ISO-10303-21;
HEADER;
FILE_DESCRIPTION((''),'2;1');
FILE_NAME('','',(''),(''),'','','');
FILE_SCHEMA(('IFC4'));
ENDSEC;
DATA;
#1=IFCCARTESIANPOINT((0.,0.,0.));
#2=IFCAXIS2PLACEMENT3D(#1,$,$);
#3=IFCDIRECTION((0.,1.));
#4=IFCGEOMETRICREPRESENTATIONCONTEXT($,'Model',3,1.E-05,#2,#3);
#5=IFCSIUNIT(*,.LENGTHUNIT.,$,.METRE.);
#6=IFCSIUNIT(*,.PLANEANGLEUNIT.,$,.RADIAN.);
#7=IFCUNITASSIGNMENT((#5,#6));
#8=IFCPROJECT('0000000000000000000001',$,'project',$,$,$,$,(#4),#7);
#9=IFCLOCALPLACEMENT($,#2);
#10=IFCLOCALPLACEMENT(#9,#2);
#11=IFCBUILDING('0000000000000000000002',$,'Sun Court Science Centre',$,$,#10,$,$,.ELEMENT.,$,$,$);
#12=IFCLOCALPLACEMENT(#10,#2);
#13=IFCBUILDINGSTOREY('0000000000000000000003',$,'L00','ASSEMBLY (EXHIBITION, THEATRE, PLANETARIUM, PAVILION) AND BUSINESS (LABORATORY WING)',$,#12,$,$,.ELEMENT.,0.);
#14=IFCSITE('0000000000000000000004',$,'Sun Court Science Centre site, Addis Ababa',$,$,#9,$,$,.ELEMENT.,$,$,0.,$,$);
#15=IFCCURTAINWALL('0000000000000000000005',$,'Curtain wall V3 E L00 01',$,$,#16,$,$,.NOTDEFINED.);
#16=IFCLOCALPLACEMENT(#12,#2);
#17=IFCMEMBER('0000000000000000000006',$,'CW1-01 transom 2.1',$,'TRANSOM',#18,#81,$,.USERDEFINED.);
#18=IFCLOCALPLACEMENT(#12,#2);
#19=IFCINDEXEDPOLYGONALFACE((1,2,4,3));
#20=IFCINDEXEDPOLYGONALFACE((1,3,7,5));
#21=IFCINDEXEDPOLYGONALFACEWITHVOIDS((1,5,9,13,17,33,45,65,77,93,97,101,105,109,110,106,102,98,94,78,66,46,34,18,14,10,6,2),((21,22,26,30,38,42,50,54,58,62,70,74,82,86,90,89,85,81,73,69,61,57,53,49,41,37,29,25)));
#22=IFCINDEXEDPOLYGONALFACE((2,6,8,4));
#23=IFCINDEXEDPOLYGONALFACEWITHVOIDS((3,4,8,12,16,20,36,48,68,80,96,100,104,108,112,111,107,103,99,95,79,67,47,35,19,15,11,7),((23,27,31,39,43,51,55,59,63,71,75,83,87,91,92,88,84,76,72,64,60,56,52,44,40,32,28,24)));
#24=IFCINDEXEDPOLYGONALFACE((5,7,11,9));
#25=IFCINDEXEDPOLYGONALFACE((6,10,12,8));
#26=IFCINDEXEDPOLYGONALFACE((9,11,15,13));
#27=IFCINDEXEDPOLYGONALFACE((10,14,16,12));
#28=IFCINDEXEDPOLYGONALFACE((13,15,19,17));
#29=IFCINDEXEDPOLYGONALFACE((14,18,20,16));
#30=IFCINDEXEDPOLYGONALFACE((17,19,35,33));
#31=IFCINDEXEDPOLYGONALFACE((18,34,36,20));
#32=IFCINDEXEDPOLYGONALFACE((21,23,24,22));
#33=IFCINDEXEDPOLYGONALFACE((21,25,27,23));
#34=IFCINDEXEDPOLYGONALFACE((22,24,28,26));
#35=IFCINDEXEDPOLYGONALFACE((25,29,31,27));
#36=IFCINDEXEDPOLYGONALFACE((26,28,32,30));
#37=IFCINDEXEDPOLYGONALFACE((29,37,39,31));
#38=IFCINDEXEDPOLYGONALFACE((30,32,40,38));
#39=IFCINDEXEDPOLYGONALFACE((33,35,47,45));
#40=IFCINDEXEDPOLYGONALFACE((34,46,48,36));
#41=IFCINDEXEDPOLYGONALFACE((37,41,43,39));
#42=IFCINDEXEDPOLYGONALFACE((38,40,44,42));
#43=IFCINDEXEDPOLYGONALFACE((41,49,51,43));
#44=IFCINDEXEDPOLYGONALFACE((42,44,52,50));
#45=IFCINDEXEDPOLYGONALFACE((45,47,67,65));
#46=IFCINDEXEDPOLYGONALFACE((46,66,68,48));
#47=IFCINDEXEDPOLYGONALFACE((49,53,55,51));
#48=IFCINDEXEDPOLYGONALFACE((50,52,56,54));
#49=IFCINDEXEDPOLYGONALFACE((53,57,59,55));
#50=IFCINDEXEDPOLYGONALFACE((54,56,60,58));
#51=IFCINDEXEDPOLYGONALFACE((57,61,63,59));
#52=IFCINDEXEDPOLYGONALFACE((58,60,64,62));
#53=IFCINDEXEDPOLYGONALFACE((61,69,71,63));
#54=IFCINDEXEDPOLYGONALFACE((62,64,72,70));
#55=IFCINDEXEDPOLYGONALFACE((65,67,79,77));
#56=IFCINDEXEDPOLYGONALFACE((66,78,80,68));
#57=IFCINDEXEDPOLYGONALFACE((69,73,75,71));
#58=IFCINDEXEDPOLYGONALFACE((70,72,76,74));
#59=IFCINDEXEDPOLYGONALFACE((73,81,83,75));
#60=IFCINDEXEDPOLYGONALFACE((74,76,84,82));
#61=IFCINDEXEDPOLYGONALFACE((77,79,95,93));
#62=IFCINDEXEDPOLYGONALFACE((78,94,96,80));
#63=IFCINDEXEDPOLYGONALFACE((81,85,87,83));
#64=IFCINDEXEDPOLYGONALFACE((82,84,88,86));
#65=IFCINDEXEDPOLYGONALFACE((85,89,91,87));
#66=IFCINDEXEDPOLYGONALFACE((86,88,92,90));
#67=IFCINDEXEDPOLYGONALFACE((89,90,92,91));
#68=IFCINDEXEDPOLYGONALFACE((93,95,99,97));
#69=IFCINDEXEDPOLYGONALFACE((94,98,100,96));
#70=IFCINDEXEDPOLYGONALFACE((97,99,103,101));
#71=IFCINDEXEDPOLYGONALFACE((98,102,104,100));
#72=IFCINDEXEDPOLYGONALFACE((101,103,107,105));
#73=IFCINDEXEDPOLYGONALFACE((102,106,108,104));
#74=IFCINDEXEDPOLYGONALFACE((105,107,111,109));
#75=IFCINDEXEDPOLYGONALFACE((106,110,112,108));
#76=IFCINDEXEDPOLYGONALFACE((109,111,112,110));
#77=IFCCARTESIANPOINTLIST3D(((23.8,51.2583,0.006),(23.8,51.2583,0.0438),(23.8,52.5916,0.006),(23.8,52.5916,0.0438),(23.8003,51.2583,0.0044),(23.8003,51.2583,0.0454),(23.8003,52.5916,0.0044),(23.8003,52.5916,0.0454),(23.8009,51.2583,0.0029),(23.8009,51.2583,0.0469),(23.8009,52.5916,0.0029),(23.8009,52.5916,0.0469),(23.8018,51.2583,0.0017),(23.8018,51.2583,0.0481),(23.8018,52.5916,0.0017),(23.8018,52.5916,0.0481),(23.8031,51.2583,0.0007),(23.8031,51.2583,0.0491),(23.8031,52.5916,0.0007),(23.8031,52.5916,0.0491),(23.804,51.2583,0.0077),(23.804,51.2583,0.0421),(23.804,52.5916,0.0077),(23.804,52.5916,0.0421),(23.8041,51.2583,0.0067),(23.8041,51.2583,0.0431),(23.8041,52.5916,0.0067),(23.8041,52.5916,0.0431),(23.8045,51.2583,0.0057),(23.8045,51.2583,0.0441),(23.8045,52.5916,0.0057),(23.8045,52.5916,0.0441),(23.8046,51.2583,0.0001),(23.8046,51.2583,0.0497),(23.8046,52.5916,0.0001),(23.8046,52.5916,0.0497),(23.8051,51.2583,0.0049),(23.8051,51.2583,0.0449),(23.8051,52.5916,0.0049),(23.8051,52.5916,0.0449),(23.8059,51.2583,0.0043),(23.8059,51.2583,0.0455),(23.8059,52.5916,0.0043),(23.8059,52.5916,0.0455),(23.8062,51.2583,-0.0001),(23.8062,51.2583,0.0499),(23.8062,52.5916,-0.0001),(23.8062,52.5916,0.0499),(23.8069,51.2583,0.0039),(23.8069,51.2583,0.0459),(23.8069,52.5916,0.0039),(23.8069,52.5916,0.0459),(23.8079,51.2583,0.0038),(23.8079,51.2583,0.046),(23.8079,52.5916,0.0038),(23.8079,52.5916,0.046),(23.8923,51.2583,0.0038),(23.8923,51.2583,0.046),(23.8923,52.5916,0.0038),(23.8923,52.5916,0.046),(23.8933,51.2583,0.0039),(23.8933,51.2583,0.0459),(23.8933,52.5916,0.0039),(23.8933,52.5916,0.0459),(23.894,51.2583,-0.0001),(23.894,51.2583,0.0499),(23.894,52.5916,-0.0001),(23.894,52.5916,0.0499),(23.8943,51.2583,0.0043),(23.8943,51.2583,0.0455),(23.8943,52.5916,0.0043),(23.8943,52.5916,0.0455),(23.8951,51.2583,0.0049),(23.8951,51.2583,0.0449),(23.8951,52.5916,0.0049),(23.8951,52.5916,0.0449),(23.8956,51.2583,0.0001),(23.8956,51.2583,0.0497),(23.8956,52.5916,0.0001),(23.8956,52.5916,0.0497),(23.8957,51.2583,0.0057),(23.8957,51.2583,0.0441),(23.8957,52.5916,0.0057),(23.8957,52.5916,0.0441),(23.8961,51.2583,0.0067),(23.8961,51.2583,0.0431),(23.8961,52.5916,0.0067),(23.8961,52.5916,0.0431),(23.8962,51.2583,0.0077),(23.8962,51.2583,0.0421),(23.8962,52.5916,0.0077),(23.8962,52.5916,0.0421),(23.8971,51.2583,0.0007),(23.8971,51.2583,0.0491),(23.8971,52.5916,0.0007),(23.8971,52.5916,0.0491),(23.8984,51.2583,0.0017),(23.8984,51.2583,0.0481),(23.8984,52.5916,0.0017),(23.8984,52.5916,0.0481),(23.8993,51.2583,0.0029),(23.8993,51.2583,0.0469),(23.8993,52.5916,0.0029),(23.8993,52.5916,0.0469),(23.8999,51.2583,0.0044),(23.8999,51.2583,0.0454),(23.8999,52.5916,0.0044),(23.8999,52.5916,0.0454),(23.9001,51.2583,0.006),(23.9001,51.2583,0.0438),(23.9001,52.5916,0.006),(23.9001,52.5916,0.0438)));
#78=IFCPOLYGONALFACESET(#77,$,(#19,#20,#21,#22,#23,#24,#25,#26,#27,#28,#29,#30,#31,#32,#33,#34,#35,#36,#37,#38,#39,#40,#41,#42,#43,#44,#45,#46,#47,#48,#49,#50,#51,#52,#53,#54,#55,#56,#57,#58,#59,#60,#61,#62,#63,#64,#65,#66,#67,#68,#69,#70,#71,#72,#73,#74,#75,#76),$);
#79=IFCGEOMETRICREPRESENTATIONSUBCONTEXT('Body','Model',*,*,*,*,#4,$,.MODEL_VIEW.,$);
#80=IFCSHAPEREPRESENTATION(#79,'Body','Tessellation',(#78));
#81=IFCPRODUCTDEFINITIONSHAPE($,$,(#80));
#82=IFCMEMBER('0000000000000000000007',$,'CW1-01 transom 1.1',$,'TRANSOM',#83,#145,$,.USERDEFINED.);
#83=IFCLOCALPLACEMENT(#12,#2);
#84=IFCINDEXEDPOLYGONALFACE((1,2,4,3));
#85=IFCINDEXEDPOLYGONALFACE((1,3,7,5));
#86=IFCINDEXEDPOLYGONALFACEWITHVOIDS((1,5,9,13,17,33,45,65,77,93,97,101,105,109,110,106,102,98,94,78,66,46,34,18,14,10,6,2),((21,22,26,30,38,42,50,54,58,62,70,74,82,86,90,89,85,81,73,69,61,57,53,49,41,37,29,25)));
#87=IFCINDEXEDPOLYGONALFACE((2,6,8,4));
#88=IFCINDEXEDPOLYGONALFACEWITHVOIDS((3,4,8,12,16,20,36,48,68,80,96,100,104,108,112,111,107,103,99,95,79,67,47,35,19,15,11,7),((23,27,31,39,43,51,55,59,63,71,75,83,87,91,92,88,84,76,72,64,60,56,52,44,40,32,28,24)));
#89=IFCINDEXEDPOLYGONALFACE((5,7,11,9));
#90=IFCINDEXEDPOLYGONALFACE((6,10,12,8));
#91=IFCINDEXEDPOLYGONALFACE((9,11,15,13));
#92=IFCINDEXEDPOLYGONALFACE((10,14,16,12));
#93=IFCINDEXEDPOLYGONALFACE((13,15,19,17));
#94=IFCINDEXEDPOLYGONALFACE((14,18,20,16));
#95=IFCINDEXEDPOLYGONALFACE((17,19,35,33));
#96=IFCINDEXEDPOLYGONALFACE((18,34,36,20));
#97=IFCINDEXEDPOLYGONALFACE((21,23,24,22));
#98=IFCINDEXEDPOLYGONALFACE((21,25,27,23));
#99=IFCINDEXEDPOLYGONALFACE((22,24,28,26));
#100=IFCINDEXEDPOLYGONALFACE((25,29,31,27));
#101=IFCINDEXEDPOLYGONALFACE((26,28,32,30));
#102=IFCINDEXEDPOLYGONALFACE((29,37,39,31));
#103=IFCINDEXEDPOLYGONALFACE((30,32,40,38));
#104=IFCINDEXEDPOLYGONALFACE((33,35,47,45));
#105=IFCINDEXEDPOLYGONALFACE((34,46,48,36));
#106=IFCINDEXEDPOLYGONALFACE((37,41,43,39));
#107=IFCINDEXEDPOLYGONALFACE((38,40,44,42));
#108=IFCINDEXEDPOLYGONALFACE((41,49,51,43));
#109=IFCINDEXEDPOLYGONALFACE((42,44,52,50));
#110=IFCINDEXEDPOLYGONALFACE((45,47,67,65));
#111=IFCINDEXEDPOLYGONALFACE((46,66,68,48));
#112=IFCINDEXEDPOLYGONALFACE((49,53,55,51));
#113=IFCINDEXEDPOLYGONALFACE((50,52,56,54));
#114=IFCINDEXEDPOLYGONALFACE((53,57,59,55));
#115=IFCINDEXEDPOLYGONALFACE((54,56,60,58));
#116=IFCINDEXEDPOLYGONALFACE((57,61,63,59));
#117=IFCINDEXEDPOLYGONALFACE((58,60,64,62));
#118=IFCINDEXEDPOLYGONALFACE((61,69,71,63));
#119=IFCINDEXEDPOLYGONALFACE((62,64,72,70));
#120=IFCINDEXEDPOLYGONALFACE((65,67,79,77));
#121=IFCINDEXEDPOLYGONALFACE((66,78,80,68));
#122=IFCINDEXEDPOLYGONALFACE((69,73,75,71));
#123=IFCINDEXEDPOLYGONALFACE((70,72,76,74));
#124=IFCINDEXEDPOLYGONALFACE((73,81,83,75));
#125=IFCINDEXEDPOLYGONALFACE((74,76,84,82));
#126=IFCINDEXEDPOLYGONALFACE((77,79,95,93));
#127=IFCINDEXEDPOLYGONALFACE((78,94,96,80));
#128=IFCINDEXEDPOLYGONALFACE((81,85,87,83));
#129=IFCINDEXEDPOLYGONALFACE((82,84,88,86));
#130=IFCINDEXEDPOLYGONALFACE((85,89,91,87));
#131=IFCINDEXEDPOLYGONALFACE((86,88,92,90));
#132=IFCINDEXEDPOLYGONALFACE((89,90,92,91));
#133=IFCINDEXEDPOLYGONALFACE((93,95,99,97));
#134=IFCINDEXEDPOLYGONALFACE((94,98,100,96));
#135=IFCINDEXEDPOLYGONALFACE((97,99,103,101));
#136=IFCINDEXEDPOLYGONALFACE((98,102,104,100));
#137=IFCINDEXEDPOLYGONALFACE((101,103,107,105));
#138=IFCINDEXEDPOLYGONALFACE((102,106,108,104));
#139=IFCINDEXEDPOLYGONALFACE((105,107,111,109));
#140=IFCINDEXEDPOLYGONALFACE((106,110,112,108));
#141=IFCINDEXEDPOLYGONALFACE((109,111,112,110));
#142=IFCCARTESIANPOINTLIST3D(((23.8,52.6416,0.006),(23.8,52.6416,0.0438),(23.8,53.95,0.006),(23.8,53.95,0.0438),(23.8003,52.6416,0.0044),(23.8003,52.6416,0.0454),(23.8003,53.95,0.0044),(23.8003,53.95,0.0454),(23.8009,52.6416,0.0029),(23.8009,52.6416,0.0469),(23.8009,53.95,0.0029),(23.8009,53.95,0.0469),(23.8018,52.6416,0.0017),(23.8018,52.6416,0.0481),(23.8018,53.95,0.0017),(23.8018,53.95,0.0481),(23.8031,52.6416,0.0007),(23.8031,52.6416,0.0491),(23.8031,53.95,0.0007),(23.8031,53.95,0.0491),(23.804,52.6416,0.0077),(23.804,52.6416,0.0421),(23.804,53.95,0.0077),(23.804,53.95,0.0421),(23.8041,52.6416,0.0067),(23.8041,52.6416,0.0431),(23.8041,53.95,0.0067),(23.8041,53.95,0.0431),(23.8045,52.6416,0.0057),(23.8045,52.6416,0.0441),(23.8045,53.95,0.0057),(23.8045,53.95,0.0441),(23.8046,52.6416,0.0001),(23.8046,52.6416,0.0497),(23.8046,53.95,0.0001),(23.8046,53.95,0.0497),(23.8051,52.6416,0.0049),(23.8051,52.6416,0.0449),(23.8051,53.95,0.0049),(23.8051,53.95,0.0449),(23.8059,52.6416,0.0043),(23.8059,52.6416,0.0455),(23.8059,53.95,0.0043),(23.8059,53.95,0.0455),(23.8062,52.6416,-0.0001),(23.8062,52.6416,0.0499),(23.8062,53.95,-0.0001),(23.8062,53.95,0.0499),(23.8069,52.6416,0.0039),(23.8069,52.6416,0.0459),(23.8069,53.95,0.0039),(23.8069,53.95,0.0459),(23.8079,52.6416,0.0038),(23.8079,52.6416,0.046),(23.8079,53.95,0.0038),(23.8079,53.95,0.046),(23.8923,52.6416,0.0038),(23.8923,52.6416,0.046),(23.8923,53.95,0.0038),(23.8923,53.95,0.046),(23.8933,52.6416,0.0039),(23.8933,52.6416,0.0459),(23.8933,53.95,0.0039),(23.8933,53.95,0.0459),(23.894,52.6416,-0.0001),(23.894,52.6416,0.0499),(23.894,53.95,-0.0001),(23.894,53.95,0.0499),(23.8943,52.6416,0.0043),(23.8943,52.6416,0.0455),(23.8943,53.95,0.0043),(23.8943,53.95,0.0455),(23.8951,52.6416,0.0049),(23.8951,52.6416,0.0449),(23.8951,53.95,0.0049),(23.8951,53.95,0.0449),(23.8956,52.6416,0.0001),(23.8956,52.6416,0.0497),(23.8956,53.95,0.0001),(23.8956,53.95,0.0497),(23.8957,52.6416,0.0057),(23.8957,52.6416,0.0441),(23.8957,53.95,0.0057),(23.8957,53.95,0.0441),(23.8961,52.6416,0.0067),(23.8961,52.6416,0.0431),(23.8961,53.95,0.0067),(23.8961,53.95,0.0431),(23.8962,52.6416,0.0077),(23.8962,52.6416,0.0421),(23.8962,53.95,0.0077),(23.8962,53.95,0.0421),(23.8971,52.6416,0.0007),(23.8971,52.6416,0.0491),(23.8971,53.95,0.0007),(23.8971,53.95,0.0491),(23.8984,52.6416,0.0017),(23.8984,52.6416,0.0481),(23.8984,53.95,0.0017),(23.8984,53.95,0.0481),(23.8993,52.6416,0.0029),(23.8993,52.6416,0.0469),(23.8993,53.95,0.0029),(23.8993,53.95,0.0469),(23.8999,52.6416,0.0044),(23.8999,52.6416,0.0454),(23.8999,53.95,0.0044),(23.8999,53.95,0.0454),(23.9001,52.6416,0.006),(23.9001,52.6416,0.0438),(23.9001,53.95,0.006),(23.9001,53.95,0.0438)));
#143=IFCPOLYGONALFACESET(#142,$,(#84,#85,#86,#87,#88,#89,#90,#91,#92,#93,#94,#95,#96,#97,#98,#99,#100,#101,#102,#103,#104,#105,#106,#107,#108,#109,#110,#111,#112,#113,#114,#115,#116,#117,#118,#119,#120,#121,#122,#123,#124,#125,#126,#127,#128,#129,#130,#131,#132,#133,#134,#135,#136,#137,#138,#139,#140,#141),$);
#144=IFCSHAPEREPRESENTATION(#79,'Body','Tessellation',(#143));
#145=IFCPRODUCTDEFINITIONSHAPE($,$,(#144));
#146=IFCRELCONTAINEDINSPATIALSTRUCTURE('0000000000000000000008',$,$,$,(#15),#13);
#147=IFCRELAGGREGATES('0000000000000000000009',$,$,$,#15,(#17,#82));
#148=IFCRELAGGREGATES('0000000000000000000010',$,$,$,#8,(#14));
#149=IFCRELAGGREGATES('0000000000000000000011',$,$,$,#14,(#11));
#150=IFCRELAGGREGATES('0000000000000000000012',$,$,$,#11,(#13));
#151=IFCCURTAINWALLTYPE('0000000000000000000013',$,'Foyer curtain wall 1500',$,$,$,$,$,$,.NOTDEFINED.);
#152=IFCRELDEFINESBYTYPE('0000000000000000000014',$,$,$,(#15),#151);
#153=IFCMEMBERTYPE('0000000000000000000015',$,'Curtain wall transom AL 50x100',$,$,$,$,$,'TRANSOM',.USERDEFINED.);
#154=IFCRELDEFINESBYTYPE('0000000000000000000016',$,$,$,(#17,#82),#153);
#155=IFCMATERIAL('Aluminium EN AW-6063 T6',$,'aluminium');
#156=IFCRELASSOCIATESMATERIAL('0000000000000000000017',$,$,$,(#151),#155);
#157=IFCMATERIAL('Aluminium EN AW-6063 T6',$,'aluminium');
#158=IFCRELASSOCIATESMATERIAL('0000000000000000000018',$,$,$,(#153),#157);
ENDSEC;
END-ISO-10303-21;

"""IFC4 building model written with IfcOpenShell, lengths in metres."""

from ifc_helpers import new_model, si_unit, direction, frame, origin, origin_2d, place, context, subcontext, project, spatial, hollow_rectangle, extrude, material, material_profile, profile_set, type_object, element, aggregate, save


model = new_model("IFC4")

# Units and contexts
model_context = context("Model", 3, precision=1e-05, world=origin(), true_north=direction((0.0, 1.0)))
body_context = subcontext(model_context, "Body", "Model", "MODEL_VIEW")
ifc_project = project(units=[si_unit("LENGTHUNIT", "METRE"), si_unit("PLANEANGLEUNIT", "RADIAN")], contexts=[model_context])

# Site, building, storey
site_placement = place(None, origin())
site = spatial("IfcSite", under=ifc_project, at=site_placement, Name="Sun Court Science Centre site, Addis Ababa", CompositionType="ELEMENT", RefElevation=0.0)
building_placement = place(site_placement, origin())
building = spatial("IfcBuilding", under=site, at=building_placement, Name="Sun Court Science Centre", CompositionType="ELEMENT")
storey_placement = place(building_placement, origin())
storey = spatial("IfcBuildingStorey", under=building, at=storey_placement, Name="L00", Description="ASSEMBLY (EXHIBITION, THEATRE, PLANETARIUM, PAVILION) AND BUSINESS (LABORATORY WING)", CompositionType="ELEMENT", Elevation=0.0)

# Curtain wall
ifc_material_1 = material(Name="Aluminium EN AW-6063 T6", Category="aluminium")
curtain_wall_type_1 = type_object("IfcCurtainWallType", Name="Foyer curtain wall 1500", PredefinedType="NOTDEFINED", material=ifc_material_1)
curtain_wall_1_placement = place(storey_placement, origin())
curtain_wall_1 = element("IfcCurtainWall", 1, at=curtain_wall_1_placement, inside=storey, type_object=curtain_wall_type_1, Name="Curtain wall V3 E L00 01", PredefinedType="NOTDEFINED")

# Members
ifc_material_2 = material(Name="Aluminium EN AW-6063 T6", Category="aluminium")
ifc_material_profile_1 = material_profile(ifc_material_2, hollow_rectangle(XDim=0.05, YDim=0.1001, WallThickness=0.0039, InnerFilletRadius=0.0039, OuterFilletRadius=0.0061, at=origin_2d()), Name="AL 50x100x4")
ifc_profile_set_1 = profile_set([ifc_material_profile_1], Name="Aluminium EN AW-6063 T6")
member_type_1 = type_object("IfcMemberType", Name="Curtain wall transom AL 50x100", ElementType="TRANSOM", PredefinedType="USERDEFINED", material=ifc_profile_set_1)
member_1_placement = place(storey_placement, frame((23.8501, 52.5916, 0.0249), z_axis=(0.0, -1.0, 0.0), x_axis=(0.0, 0.0, 1.0)))
member_1 = element("IfcMember", 2, at=member_1_placement, type_object=member_type_1, Name="CW1-01 transom 2.1", ObjectType="TRANSOM", PredefinedType="USERDEFINED", context=body_context, shape_type="SweptSolid", body=[
    extrude(hollow_rectangle(XDim=0.05, YDim=0.1001, WallThickness=0.0039, InnerFilletRadius=0.0039, OuterFilletRadius=0.0061, at=origin_2d()), origin(), (0.0, 0.0, 1.0), 1.3333),
])
member_2_placement = place(storey_placement, frame((23.8501, 53.95, 0.0249), z_axis=(0.0, -1.0, 0.0), x_axis=(0.0, 0.0, 1.0)))
member_2 = element("IfcMember", 3, at=member_2_placement, type_object=member_type_1, Name="CW1-01 transom 1.1", ObjectType="TRANSOM", PredefinedType="USERDEFINED", context=body_context, shape_type="SweptSolid", body=[
    extrude(hollow_rectangle(XDim=0.05, YDim=0.1001, WallThickness=0.0039, InnerFilletRadius=0.0039, OuterFilletRadius=0.0061, at=origin_2d()), origin(), (0.0, 0.0, 1.0), 1.3083),
])

aggregate(curtain_wall_1, [member_1, member_2])

save(model, "model.ifc")
